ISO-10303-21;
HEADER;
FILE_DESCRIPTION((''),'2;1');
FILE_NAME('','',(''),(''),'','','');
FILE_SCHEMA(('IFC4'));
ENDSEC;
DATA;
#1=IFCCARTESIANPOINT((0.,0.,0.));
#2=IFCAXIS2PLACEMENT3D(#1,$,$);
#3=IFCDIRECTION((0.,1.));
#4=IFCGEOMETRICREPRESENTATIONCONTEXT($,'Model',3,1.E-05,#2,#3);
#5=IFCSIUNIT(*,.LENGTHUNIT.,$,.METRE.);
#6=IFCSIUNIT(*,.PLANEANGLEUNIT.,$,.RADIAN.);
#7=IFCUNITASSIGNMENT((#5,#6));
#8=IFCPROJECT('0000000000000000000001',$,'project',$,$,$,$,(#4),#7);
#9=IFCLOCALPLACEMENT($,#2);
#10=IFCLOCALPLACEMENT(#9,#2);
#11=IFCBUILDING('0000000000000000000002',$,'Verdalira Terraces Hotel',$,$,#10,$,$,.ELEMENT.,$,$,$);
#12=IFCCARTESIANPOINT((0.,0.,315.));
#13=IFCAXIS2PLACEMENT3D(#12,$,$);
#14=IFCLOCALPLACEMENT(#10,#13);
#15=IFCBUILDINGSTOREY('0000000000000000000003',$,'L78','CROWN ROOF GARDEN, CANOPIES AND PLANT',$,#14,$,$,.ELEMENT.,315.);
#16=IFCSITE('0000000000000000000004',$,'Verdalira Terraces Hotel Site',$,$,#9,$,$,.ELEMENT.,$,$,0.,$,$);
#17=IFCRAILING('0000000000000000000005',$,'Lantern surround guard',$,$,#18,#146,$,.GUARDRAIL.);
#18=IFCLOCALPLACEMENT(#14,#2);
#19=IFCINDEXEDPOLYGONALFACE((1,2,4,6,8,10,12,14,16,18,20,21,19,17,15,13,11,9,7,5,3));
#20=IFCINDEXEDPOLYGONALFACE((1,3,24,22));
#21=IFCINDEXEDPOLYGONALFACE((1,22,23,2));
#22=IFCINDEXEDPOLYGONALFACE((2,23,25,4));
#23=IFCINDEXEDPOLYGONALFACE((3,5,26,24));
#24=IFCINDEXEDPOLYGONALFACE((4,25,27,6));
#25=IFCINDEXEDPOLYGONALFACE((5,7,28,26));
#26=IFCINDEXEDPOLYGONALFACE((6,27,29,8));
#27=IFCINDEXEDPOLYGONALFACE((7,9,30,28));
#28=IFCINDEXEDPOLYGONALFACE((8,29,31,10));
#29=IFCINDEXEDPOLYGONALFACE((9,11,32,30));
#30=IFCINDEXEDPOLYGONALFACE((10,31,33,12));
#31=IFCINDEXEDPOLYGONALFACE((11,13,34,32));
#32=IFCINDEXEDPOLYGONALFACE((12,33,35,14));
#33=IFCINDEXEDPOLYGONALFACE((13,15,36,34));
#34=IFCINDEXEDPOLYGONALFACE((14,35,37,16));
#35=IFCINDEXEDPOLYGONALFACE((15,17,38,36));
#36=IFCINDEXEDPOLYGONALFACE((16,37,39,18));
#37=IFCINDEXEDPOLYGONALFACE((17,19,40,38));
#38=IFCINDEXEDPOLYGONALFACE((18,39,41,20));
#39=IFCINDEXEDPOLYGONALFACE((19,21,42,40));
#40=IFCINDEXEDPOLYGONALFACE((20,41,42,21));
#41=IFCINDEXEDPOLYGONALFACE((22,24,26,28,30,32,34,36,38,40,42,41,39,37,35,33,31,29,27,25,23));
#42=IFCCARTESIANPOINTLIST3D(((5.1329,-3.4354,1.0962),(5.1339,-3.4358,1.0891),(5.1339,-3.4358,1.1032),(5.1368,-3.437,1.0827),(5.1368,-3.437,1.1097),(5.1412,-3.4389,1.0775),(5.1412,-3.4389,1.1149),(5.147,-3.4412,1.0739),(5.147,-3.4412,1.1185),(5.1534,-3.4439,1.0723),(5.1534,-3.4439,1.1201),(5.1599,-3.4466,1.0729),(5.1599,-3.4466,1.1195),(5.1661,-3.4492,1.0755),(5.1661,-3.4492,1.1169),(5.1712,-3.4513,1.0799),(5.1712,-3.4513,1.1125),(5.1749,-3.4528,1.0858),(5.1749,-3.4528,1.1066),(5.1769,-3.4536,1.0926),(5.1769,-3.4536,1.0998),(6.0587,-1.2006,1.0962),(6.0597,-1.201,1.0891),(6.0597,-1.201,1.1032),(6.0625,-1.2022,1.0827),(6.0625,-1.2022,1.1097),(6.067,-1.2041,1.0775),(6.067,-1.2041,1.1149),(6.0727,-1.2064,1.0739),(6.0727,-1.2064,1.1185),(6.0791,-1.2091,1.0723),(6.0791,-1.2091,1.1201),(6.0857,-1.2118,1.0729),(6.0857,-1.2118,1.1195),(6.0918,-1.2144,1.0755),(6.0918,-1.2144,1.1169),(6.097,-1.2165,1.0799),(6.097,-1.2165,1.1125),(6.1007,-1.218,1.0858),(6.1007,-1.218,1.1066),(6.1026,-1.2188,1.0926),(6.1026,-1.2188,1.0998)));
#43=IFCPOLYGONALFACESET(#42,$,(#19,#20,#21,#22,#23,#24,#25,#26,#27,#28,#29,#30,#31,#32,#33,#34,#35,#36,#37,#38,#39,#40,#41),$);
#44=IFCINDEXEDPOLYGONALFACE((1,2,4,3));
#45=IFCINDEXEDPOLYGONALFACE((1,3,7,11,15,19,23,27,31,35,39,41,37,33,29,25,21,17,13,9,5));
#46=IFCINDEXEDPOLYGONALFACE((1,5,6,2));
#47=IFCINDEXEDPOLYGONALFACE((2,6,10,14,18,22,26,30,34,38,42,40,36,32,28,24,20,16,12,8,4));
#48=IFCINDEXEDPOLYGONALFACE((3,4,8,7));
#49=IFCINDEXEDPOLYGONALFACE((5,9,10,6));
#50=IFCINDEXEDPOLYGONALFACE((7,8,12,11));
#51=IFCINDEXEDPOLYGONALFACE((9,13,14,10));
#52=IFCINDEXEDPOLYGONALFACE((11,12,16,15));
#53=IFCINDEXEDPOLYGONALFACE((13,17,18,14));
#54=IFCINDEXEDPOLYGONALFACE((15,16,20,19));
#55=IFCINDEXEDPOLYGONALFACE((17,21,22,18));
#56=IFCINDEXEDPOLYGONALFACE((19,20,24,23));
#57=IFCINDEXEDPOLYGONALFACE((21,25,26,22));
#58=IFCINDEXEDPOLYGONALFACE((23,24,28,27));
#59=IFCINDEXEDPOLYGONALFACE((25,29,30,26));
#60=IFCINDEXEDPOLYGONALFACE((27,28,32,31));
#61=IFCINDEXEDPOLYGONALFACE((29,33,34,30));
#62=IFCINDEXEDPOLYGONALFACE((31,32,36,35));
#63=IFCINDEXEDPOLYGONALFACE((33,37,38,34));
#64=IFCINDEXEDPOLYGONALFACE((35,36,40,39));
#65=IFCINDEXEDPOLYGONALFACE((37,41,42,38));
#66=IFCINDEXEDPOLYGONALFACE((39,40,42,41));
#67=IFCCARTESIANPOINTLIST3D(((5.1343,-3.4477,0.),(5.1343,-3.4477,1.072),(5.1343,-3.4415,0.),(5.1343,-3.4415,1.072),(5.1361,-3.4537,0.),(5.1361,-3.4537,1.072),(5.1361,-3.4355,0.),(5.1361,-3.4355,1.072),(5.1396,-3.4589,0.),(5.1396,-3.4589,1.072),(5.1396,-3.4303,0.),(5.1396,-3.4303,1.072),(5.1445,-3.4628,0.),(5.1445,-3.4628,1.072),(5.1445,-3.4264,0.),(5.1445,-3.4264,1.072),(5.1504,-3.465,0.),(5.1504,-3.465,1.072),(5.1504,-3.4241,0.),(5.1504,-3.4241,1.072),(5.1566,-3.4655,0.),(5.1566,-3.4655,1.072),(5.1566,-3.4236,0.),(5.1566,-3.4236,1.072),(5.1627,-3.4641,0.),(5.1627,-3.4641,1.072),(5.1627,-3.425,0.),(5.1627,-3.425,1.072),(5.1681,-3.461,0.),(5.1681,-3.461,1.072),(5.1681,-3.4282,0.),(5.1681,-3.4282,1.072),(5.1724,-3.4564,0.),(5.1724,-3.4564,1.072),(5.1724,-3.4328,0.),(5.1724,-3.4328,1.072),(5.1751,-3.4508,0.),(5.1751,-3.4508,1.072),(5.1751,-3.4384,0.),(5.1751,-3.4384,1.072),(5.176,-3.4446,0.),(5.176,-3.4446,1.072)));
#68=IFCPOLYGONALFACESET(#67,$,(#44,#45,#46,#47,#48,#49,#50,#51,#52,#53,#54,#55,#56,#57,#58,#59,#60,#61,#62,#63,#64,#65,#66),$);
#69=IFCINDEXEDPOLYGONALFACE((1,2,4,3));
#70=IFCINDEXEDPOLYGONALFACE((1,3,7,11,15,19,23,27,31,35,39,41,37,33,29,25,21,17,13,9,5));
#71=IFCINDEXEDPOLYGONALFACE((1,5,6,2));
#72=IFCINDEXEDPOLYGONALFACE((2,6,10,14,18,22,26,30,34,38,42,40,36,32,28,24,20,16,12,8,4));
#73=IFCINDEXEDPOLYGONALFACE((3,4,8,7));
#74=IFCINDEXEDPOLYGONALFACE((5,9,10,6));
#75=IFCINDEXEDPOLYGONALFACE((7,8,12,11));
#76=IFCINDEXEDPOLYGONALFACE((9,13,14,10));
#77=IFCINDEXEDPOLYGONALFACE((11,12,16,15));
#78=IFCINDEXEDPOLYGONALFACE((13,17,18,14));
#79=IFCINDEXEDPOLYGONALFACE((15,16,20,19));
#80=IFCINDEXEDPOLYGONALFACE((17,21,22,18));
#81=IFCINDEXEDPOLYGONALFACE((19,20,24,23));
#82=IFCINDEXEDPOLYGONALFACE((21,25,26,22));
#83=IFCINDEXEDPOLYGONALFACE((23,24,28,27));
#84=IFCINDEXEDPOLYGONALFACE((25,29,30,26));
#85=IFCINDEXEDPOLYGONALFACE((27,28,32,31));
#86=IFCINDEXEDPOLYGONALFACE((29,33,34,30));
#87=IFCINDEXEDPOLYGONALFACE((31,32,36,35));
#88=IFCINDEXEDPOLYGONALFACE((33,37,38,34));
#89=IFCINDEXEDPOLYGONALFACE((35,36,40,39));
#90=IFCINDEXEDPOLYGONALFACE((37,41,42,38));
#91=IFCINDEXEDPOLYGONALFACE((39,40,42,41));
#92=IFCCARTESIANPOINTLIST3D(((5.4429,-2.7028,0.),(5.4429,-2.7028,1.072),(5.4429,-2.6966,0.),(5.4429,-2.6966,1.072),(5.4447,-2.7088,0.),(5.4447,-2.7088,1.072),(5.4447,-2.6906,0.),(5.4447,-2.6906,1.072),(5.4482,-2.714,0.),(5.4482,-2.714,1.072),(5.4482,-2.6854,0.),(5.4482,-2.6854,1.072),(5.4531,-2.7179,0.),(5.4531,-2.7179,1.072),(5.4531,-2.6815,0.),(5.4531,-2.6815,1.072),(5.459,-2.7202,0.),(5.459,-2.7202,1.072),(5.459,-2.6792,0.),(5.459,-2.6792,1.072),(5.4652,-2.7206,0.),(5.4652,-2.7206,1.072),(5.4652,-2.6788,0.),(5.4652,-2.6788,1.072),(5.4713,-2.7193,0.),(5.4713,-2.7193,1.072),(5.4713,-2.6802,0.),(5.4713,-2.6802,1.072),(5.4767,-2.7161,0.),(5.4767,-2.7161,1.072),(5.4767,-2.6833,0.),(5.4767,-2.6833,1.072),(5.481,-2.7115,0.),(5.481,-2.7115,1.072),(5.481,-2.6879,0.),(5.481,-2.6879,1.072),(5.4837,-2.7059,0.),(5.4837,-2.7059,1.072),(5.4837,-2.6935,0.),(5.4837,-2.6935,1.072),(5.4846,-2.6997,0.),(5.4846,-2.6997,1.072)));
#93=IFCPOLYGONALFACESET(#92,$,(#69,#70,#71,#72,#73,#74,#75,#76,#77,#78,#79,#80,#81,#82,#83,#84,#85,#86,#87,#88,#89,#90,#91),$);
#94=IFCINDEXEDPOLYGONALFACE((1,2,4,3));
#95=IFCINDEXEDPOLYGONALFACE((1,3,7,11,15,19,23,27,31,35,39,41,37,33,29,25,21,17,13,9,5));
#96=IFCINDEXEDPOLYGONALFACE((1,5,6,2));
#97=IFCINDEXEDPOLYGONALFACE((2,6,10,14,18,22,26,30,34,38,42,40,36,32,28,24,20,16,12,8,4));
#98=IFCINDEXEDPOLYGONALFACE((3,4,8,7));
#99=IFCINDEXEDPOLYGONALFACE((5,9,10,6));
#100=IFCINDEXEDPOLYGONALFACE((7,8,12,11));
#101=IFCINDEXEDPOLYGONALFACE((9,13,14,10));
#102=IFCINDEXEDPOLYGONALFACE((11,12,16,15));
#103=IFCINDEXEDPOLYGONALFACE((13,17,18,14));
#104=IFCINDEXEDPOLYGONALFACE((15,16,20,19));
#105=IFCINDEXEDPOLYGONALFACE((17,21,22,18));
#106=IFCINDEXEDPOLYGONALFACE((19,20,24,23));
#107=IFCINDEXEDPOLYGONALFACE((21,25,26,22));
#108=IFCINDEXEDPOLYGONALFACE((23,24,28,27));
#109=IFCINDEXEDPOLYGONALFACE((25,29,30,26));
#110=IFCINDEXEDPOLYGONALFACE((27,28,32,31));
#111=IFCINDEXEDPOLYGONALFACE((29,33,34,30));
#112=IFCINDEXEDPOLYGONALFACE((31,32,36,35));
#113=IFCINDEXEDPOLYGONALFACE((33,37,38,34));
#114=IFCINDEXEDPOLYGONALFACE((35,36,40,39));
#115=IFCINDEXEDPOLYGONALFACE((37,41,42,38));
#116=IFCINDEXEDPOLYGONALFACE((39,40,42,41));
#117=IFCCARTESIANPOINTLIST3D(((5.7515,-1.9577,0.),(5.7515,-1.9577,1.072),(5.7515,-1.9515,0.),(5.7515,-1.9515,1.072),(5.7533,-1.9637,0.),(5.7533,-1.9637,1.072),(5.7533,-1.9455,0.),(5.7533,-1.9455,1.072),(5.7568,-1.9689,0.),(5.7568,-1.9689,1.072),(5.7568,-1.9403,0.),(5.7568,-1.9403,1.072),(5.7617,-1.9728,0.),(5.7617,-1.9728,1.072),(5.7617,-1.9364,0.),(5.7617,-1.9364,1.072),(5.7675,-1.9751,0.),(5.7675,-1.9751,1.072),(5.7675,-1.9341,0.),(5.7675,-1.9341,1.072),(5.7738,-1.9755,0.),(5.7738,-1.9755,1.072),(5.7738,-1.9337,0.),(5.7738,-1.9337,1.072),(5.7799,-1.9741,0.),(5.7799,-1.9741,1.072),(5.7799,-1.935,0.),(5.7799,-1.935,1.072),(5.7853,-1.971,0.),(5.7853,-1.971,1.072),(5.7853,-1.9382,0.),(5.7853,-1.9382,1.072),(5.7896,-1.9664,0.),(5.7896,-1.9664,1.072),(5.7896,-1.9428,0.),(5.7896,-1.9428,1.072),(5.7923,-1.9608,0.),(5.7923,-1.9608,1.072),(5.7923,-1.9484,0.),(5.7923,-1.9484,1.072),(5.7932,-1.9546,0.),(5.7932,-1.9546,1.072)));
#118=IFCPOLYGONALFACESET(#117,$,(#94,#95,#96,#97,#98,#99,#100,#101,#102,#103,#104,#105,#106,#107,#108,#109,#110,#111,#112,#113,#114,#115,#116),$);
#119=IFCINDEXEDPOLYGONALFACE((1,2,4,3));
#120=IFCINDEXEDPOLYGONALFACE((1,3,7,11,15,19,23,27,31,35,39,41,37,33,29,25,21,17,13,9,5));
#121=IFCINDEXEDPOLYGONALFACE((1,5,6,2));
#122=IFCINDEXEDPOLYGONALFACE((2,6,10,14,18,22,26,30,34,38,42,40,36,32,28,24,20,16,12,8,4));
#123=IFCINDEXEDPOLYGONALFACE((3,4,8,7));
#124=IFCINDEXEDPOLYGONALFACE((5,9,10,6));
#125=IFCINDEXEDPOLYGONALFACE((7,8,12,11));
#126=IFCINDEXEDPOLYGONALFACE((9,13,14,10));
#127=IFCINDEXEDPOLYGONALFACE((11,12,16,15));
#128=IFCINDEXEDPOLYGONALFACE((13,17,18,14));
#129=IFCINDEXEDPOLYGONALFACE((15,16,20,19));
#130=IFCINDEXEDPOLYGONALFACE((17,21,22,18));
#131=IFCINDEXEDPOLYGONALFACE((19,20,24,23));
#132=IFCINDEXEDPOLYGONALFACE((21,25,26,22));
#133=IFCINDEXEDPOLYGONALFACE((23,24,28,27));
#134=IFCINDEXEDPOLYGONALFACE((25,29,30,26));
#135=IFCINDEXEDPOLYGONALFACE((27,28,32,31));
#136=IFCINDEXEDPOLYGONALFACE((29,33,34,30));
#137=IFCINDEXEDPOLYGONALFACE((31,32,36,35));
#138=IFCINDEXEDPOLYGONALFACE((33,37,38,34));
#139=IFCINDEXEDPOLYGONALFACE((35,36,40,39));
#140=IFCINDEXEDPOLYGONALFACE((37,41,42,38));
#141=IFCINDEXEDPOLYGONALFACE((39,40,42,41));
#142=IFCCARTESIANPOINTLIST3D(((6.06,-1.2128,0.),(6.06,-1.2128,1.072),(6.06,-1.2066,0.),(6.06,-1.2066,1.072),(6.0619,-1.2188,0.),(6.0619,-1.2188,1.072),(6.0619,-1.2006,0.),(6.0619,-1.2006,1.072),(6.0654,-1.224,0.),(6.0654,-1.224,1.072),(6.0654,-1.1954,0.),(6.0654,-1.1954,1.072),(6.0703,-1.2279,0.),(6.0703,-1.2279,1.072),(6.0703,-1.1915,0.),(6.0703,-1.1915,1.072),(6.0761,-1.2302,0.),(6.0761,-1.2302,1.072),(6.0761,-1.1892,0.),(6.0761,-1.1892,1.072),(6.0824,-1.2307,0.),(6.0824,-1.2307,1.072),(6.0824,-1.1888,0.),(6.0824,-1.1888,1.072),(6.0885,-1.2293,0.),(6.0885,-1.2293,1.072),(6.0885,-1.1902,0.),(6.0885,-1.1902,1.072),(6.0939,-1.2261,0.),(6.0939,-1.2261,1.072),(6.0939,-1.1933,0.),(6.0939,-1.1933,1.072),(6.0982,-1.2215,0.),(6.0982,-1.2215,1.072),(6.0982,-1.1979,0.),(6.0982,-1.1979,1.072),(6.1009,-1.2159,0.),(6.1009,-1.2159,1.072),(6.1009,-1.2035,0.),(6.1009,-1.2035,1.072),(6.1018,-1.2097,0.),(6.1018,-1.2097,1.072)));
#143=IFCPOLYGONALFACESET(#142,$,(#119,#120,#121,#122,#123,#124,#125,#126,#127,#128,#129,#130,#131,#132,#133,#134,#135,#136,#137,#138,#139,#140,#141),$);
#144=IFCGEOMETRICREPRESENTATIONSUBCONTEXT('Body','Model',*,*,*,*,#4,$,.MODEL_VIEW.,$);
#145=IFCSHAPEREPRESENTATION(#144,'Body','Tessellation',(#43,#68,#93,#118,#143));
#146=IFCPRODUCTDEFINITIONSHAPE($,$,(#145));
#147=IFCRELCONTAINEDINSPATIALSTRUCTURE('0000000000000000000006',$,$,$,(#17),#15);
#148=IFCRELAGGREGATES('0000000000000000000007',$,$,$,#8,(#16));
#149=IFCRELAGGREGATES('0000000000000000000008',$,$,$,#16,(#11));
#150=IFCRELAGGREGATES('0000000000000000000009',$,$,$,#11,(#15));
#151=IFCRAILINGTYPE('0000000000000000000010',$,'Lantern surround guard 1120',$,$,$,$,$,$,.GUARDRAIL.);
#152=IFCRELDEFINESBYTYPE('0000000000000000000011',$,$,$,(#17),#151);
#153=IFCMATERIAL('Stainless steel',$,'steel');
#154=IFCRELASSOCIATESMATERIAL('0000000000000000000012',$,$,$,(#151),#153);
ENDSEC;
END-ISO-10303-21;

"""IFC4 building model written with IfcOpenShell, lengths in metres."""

from ifc_helpers import new_model, si_unit, direction, frame, origin, origin_2d, place, context, subcontext, project, spatial, circle, extrude, material, type_object, element, save


model = new_model("IFC4")

# Units and contexts
model_context = context("Model", 3, precision=1e-05, world=origin(), true_north=direction((0.0, 1.0)))
body_context = subcontext(model_context, "Body", "Model", "MODEL_VIEW")
ifc_project = project(units=[si_unit("LENGTHUNIT", "METRE"), si_unit("PLANEANGLEUNIT", "RADIAN")], contexts=[model_context])

# Site, building, storey
site_placement = place(None, origin())
site = spatial("IfcSite", under=ifc_project, at=site_placement, Name="Verdalira Terraces Hotel Site", CompositionType="ELEMENT", RefElevation=0.0)
building_placement = place(site_placement, origin())
building = spatial("IfcBuilding", under=site, at=building_placement, Name="Verdalira Terraces Hotel", CompositionType="ELEMENT")
storey_placement = place(building_placement, frame((0.0, 0.0, 315.0)))
storey = spatial("IfcBuildingStorey", under=building, at=storey_placement, Name="L78", Description="CROWN ROOF GARDEN, CANOPIES AND PLANT", CompositionType="ELEMENT", Elevation=315.0)

# Railing
ifc_material_1 = material(Name="Stainless steel", Category="steel")
railing_type_1 = type_object("IfcRailingType", Name="Lantern surround guard 1120", PredefinedType="GUARDRAIL", material=ifc_material_1)
railing_1_placement = place(storey_placement, frame((5.155, -3.4446, 0.0)))
element("IfcRailing", 1, at=railing_1_placement, inside=storey, type_object=railing_type_1, Name="Lantern surround guard", PredefinedType="GUARDRAIL", context=body_context, shape_type="SweptSolid", body=[
    extrude(circle(Radius=0.0239, at=origin_2d()), frame((0.0, 0.0, 1.0962), z_axis=(0.382708, 0.923869, 0.0), x_axis=(-0.923869, 0.382708, 0.0)), (0.0, 0.0, 1.0), 2.4189),
    extrude(circle(Radius=0.021, at=origin_2d()), origin(), (0.0, 0.0, 1.0), 1.072),
    extrude(circle(Radius=0.021, at=origin_2d()), frame((0.3086, 0.7449, 0.0)), (0.0, 0.0, 1.0), 1.072),
    extrude(circle(Radius=0.021, at=origin_2d()), frame((0.6172, 1.49, 0.0)), (0.0, 0.0, 1.0), 1.072),
    extrude(circle(Radius=0.021, at=origin_2d()), frame((0.9258, 2.2349, 0.0)), (0.0, 0.0, 1.0), 1.072),
])

save(model, "model.ifc")
